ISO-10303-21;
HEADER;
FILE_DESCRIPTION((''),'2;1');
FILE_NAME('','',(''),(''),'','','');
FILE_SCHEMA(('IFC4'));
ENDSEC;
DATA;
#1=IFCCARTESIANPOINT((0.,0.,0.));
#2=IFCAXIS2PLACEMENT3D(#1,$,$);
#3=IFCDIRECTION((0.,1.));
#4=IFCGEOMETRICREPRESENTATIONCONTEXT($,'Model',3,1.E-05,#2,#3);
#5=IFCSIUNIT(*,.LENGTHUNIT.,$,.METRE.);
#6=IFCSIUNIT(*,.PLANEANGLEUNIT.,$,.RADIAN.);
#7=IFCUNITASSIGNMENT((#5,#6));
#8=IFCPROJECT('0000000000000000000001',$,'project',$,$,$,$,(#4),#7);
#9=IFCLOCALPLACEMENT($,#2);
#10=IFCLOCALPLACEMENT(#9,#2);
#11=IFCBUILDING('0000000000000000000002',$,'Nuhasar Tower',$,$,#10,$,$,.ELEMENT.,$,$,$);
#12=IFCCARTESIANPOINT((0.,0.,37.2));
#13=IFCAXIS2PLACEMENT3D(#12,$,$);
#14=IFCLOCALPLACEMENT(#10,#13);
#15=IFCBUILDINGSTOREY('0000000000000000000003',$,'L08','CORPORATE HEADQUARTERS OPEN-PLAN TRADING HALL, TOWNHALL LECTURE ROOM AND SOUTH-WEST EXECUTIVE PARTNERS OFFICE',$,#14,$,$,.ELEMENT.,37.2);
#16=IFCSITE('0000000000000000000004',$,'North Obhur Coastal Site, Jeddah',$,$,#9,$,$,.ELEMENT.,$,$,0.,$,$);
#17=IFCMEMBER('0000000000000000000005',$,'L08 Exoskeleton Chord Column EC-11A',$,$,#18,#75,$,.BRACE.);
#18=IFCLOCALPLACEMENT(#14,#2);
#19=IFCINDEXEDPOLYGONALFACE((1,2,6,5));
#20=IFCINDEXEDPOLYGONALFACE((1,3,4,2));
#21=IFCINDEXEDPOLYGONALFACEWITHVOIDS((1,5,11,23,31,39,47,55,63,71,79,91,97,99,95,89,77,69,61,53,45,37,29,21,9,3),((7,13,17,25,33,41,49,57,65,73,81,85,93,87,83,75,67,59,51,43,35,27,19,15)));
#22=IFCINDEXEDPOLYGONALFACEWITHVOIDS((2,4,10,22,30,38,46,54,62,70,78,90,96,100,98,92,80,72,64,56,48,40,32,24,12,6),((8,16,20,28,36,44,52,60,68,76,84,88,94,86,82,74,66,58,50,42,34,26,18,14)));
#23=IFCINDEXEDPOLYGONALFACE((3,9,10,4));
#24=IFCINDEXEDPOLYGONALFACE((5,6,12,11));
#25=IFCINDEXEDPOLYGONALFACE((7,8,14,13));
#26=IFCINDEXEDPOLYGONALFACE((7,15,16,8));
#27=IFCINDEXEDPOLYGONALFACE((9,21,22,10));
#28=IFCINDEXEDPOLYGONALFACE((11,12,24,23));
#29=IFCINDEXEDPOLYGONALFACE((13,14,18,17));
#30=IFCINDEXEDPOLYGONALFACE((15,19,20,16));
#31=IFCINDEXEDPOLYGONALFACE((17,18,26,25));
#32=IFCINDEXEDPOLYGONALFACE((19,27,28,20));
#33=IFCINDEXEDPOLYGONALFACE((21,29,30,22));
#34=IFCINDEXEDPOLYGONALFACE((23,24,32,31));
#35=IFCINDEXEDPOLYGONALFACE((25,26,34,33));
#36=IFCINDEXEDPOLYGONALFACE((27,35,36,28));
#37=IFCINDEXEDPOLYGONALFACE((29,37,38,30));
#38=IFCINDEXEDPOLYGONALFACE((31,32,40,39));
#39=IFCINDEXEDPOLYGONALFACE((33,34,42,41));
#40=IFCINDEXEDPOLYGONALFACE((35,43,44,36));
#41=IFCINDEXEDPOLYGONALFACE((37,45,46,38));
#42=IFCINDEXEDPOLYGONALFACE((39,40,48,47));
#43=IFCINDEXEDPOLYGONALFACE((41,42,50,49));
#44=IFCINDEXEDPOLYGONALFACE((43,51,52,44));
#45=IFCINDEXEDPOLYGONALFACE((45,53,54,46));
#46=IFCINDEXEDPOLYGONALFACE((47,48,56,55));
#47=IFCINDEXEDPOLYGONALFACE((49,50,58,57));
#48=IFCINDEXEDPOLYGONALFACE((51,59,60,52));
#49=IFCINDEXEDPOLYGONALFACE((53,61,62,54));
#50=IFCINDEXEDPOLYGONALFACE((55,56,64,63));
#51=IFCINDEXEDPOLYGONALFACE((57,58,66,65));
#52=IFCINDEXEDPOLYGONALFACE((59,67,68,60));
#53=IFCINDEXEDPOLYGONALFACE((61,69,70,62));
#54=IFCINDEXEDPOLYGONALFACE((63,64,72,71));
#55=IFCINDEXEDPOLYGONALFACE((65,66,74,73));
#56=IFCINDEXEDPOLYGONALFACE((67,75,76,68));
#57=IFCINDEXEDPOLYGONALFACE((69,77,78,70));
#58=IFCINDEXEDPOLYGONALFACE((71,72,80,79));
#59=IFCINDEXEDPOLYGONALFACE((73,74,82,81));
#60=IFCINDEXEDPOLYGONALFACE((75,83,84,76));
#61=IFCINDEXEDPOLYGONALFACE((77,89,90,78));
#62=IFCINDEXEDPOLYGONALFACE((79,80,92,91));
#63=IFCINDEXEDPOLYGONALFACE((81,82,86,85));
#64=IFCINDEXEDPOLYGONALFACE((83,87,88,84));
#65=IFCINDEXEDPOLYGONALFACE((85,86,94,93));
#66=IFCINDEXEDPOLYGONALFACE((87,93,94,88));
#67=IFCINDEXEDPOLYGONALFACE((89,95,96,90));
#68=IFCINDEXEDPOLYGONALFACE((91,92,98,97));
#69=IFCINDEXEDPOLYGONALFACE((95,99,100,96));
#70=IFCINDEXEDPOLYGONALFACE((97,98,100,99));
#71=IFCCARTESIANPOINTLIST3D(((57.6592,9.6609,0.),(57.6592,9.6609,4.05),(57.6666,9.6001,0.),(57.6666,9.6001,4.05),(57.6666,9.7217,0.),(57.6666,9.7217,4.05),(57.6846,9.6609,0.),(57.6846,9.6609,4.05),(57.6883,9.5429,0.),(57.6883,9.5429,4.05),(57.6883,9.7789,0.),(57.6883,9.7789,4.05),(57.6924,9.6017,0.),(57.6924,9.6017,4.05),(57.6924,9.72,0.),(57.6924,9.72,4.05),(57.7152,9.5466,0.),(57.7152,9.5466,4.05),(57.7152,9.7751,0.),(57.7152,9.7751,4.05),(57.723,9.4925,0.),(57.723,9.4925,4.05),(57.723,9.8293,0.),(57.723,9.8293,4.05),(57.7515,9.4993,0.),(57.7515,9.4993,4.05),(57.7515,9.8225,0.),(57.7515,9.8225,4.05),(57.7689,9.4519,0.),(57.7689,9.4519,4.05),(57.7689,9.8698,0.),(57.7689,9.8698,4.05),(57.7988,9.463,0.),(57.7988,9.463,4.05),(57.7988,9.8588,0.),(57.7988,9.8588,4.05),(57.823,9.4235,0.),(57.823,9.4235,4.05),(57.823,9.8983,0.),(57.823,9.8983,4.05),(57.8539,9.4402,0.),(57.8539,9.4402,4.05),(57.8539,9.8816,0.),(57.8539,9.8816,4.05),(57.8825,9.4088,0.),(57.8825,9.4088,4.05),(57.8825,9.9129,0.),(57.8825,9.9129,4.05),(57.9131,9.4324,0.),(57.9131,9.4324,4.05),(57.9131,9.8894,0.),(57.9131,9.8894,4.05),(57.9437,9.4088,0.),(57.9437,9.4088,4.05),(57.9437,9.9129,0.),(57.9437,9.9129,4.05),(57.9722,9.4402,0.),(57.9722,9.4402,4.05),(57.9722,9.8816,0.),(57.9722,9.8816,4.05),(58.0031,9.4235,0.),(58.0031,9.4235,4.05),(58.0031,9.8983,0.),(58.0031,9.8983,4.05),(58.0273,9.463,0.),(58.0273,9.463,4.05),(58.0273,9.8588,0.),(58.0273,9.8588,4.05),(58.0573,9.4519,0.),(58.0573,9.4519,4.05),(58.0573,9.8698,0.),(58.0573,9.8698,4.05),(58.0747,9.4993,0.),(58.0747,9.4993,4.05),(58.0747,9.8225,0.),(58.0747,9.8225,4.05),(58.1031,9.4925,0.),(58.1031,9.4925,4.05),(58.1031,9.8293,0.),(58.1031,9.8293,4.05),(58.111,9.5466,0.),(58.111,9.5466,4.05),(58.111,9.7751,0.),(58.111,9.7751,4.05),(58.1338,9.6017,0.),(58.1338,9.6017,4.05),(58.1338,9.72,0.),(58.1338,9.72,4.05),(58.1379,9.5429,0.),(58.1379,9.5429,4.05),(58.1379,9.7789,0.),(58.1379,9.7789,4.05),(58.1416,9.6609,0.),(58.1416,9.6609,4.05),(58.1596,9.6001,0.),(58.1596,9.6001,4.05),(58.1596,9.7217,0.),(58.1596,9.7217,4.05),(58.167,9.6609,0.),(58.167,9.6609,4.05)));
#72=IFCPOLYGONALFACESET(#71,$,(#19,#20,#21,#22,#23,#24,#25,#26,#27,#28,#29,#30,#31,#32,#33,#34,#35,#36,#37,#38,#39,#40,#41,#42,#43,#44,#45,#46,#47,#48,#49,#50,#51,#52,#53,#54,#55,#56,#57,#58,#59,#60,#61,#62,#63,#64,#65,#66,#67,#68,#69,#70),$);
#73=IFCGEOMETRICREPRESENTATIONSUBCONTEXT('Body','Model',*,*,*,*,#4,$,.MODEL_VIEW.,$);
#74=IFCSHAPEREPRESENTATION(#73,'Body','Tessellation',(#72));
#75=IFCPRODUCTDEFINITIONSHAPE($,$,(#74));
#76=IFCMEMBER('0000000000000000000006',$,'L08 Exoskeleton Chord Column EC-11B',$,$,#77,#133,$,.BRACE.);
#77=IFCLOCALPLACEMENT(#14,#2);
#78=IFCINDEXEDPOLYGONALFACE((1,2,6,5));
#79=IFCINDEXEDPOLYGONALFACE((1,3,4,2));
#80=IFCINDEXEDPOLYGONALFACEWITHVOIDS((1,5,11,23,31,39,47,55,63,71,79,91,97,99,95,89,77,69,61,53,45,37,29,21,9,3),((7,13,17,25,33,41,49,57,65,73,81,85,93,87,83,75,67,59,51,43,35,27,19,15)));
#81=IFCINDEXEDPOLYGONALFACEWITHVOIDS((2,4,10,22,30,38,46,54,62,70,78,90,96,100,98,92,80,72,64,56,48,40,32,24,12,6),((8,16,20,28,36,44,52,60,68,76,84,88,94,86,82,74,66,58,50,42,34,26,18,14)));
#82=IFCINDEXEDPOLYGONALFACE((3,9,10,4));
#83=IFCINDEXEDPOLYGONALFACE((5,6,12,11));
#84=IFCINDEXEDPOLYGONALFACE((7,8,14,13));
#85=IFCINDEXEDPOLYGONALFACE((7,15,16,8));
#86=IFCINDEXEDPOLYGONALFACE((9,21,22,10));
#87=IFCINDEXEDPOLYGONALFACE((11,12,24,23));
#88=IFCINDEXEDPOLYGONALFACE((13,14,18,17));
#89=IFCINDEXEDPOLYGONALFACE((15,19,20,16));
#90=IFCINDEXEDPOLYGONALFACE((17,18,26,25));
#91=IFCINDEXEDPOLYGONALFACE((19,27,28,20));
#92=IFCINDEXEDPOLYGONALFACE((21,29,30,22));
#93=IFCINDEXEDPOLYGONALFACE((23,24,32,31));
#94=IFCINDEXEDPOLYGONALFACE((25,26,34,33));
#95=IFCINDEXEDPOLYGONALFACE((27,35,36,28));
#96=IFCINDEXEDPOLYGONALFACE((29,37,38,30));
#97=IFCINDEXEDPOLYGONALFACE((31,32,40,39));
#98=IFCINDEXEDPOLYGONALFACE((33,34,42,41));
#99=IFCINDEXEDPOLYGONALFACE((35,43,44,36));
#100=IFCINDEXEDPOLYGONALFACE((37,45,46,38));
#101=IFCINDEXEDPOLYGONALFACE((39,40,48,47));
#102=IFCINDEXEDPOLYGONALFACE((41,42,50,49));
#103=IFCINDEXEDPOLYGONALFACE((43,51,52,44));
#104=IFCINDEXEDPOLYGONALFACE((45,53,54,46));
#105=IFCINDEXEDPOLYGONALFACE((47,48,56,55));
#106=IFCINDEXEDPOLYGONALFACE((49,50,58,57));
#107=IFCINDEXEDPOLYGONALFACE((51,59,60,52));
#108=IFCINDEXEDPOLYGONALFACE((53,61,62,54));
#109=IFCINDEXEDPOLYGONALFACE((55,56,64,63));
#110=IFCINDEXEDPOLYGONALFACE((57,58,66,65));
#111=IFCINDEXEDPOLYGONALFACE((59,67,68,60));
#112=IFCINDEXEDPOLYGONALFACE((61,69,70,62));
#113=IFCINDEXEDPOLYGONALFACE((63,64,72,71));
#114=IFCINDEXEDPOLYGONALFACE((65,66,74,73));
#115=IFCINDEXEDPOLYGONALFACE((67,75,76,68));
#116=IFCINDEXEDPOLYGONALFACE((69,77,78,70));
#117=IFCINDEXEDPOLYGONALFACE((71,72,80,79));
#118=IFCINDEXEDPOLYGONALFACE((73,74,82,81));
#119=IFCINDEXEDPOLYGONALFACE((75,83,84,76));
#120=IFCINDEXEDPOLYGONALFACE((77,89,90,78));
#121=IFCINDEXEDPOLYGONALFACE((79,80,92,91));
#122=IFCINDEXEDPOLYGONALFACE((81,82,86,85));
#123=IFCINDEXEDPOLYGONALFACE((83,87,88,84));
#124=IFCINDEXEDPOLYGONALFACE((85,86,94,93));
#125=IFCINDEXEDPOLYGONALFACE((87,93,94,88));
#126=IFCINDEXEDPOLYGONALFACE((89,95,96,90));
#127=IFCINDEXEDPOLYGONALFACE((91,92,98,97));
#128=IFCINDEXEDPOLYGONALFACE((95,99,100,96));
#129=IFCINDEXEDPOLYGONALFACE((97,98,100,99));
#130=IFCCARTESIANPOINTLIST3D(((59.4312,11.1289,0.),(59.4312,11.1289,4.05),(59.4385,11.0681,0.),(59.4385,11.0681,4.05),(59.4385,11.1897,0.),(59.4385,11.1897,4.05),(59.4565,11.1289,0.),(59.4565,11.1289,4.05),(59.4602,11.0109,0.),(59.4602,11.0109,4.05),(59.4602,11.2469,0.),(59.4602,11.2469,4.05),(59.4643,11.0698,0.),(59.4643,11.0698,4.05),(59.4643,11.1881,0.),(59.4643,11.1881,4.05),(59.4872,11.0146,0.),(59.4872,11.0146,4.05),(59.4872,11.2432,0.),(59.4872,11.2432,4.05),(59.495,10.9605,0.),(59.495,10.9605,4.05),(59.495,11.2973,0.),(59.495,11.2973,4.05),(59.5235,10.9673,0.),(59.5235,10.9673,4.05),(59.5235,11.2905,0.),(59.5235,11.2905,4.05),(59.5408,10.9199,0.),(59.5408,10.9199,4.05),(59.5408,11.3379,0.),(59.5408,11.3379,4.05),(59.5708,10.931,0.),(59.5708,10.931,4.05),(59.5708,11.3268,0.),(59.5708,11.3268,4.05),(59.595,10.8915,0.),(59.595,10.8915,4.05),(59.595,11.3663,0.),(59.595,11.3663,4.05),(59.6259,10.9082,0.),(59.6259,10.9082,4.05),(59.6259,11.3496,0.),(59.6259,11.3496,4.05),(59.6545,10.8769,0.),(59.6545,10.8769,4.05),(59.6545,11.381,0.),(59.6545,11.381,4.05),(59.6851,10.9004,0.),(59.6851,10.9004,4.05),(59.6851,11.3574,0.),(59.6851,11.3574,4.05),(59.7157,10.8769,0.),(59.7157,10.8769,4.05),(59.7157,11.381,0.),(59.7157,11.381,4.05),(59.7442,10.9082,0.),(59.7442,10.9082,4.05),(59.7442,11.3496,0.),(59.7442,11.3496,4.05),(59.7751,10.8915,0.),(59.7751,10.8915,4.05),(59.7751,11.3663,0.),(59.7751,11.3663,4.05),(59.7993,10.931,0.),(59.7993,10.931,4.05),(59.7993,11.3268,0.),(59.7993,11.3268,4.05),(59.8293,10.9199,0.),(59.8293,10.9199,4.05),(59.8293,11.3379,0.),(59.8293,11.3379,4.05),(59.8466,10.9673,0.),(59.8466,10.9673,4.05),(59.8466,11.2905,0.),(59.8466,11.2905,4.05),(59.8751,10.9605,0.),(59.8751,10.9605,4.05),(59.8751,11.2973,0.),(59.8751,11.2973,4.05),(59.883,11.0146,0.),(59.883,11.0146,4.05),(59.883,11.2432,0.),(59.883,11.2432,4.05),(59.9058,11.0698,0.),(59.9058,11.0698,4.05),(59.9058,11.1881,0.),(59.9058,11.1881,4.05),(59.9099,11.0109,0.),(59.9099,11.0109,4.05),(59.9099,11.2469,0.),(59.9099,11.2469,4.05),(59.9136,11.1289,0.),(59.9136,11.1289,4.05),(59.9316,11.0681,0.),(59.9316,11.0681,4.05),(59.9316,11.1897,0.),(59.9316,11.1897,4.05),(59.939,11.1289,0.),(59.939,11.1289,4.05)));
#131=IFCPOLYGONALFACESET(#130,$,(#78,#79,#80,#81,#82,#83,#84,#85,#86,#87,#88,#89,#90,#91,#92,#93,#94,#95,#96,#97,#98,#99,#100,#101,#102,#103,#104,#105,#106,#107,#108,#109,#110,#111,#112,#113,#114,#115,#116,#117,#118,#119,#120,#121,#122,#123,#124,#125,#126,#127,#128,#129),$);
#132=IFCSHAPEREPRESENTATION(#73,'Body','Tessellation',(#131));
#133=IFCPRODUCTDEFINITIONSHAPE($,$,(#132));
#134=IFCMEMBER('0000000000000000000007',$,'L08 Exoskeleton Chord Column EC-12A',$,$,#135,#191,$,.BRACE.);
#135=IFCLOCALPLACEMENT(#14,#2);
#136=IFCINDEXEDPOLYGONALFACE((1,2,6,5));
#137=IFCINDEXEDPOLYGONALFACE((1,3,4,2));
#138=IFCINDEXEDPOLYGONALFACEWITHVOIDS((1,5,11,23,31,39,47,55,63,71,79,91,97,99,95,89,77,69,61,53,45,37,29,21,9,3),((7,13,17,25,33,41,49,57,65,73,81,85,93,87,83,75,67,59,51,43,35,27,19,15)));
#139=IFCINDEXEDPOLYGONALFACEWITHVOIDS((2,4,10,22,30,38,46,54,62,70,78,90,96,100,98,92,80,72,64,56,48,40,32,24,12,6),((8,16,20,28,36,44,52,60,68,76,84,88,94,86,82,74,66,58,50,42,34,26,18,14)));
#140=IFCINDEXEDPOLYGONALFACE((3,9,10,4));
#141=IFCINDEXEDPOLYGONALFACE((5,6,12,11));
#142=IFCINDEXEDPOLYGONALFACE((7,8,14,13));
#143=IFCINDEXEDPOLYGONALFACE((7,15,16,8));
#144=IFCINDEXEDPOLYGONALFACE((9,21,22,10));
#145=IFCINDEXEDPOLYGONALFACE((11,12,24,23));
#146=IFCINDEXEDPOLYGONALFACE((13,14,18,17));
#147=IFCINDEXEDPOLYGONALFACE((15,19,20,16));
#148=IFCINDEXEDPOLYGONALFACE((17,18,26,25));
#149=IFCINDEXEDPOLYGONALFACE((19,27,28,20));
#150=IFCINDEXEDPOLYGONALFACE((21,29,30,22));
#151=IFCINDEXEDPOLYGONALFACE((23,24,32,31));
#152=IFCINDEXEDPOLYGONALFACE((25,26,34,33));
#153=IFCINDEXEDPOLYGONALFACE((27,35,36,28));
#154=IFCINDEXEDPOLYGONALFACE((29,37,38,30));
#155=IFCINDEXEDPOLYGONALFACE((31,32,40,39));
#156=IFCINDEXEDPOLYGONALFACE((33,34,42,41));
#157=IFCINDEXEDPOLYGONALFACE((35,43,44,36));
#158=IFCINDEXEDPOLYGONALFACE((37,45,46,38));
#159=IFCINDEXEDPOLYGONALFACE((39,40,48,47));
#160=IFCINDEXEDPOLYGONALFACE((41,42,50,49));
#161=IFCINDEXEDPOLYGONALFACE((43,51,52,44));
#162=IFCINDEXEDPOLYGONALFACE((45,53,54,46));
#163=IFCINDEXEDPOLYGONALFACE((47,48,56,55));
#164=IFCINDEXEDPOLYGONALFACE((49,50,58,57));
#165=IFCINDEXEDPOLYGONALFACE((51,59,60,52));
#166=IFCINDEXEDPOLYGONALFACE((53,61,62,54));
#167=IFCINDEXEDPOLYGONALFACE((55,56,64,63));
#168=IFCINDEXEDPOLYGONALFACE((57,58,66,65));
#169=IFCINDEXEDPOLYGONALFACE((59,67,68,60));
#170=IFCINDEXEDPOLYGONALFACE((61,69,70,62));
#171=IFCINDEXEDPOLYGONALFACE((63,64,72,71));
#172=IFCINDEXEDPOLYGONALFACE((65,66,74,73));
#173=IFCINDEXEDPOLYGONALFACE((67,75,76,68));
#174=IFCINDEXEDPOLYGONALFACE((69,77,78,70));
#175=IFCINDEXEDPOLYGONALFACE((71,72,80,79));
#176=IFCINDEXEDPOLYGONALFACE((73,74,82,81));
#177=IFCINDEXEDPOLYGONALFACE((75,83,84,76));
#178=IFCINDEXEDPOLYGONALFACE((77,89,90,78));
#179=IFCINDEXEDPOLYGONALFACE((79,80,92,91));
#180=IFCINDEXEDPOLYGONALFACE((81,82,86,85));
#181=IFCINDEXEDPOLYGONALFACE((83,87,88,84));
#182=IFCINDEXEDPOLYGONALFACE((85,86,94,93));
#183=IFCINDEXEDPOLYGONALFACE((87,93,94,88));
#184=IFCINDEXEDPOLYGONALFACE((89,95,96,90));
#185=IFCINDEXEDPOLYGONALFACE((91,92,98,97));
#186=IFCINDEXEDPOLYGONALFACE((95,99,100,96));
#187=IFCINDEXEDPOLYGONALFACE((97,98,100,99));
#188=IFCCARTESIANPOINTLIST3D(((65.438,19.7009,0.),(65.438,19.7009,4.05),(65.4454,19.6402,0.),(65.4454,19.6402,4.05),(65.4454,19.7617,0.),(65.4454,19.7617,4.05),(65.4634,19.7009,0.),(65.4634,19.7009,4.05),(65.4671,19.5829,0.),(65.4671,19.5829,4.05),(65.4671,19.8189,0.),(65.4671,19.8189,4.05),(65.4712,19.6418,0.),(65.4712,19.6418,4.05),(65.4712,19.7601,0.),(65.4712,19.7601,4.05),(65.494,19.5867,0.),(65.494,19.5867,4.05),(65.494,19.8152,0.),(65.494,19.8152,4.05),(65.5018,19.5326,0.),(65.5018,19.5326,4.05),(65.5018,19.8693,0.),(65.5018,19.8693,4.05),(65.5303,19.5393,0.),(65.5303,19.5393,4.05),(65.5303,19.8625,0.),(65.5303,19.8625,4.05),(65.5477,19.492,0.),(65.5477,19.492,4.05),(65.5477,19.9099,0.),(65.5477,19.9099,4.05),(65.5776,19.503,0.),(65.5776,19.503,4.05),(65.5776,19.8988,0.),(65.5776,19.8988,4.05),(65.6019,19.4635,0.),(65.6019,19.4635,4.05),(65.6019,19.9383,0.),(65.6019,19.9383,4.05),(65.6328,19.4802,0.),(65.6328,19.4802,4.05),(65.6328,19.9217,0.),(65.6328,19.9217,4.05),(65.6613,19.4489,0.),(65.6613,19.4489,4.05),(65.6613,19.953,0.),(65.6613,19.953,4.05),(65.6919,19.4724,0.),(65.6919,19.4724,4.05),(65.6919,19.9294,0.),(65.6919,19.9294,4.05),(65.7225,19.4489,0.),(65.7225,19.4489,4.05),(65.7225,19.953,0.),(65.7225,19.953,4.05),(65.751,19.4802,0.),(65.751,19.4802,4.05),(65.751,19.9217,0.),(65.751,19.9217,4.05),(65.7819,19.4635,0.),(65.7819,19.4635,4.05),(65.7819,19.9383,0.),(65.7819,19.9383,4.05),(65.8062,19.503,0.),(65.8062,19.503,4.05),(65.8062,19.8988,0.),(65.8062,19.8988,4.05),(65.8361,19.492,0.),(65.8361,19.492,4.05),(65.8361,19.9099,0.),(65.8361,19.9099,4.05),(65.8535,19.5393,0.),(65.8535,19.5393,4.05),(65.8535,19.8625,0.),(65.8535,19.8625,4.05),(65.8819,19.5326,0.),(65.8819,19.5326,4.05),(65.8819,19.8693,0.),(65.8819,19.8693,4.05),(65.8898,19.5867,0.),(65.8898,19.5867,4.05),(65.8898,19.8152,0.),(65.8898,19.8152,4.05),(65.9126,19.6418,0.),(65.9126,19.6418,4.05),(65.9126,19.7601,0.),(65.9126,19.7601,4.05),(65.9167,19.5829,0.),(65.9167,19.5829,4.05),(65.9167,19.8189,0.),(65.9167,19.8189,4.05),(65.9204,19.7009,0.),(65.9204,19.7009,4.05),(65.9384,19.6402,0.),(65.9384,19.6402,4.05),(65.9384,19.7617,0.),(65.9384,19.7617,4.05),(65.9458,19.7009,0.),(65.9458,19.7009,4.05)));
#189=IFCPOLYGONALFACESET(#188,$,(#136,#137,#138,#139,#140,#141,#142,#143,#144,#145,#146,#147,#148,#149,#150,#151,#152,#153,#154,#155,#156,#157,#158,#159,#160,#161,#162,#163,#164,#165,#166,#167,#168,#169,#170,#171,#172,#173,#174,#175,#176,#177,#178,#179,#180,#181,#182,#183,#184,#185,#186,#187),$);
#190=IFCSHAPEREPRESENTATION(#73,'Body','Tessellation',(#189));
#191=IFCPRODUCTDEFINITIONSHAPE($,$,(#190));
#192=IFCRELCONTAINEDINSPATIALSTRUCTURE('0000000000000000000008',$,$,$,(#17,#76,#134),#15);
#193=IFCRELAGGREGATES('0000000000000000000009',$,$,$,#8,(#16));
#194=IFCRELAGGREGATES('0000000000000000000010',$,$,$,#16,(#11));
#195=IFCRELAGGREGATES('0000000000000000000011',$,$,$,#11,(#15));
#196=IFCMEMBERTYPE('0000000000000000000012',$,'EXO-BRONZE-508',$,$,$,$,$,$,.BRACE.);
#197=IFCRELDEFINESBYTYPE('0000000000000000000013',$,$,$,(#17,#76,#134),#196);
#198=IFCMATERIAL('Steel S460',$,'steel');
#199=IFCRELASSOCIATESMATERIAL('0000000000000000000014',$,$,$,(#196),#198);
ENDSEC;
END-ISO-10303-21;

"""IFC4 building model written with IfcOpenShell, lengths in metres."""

from ifc_helpers import new_model, si_unit, direction, frame, origin, origin_2d, place, context, subcontext, project, spatial, hollow_circle, extrude, material, material_profile, profile_set, type_object, element, save


model = new_model("IFC4")

# Units and contexts
model_context = context("Model", 3, precision=1e-05, world=origin(), true_north=direction((0.0, 1.0)))
body_context = subcontext(model_context, "Body", "Model", "MODEL_VIEW")
ifc_project = project(units=[si_unit("LENGTHUNIT", "METRE"), si_unit("PLANEANGLEUNIT", "RADIAN")], contexts=[model_context])

# Site, building, storey
site_placement = place(None, origin())
site = spatial("IfcSite", under=ifc_project, at=site_placement, Name="North Obhur Coastal Site, Jeddah", CompositionType="ELEMENT", RefElevation=0.0)
building_placement = place(site_placement, origin())
building = spatial("IfcBuilding", under=site, at=building_placement, Name="Nuhasar Tower", CompositionType="ELEMENT")
storey_placement = place(building_placement, frame((0.0, 0.0, 37.2)))
storey = spatial("IfcBuildingStorey", under=building, at=storey_placement, Name="L08", Description="CORPORATE HEADQUARTERS OPEN-PLAN TRADING HALL, TOWNHALL LECTURE ROOM AND SOUTH-WEST EXECUTIVE PARTNERS OFFICE", CompositionType="ELEMENT", Elevation=37.2)

# Members
ifc_material_1 = material(Name="Steel S460", Category="steel")
ifc_material_profile_1 = material_profile(ifc_material_1, hollow_circle(Radius=0.2539, WallThickness=0.0254, at=origin_2d()), Name="HSS508X25.4")
ifc_profile_set_1 = profile_set([ifc_material_profile_1], Name="Steel S460")
member_type_1 = type_object("IfcMemberType", Name="EXO-BRONZE-508", PredefinedType="BRACE", material=ifc_profile_set_1)
for number, where, z_axis, x_axis, name in (
    (1, (57.9131, 9.6609, 0.0), (0.0, 0.0, 1.0), (1.0, 0.0, 0.0), "L08 Exoskeleton Chord Column EC-11A"),
    (2, (59.6851, 11.1289, 0.0), (0.0, 0.0, 1.0), (1.0, 0.0, 0.0), "L08 Exoskeleton Chord Column EC-11B"),
    (3, (65.6919, 19.7009, 0.0), (0.0, 0.0, 1.0), (1.0, 0.0, 0.0), "L08 Exoskeleton Chord Column EC-12A"),
):
    element("IfcMember", number, at=place(storey_placement, frame(where, z_axis=z_axis, x_axis=x_axis)), inside=storey, type_object=member_type_1, Name=name, PredefinedType="BRACE", context=body_context, shape_type="SweptSolid", body=[
        extrude(hollow_circle(Radius=0.2539, WallThickness=0.0254, at=origin_2d()), origin(), (0.0, 0.0, 1.0), 4.05),
    ])

save(model, "model.ifc")
